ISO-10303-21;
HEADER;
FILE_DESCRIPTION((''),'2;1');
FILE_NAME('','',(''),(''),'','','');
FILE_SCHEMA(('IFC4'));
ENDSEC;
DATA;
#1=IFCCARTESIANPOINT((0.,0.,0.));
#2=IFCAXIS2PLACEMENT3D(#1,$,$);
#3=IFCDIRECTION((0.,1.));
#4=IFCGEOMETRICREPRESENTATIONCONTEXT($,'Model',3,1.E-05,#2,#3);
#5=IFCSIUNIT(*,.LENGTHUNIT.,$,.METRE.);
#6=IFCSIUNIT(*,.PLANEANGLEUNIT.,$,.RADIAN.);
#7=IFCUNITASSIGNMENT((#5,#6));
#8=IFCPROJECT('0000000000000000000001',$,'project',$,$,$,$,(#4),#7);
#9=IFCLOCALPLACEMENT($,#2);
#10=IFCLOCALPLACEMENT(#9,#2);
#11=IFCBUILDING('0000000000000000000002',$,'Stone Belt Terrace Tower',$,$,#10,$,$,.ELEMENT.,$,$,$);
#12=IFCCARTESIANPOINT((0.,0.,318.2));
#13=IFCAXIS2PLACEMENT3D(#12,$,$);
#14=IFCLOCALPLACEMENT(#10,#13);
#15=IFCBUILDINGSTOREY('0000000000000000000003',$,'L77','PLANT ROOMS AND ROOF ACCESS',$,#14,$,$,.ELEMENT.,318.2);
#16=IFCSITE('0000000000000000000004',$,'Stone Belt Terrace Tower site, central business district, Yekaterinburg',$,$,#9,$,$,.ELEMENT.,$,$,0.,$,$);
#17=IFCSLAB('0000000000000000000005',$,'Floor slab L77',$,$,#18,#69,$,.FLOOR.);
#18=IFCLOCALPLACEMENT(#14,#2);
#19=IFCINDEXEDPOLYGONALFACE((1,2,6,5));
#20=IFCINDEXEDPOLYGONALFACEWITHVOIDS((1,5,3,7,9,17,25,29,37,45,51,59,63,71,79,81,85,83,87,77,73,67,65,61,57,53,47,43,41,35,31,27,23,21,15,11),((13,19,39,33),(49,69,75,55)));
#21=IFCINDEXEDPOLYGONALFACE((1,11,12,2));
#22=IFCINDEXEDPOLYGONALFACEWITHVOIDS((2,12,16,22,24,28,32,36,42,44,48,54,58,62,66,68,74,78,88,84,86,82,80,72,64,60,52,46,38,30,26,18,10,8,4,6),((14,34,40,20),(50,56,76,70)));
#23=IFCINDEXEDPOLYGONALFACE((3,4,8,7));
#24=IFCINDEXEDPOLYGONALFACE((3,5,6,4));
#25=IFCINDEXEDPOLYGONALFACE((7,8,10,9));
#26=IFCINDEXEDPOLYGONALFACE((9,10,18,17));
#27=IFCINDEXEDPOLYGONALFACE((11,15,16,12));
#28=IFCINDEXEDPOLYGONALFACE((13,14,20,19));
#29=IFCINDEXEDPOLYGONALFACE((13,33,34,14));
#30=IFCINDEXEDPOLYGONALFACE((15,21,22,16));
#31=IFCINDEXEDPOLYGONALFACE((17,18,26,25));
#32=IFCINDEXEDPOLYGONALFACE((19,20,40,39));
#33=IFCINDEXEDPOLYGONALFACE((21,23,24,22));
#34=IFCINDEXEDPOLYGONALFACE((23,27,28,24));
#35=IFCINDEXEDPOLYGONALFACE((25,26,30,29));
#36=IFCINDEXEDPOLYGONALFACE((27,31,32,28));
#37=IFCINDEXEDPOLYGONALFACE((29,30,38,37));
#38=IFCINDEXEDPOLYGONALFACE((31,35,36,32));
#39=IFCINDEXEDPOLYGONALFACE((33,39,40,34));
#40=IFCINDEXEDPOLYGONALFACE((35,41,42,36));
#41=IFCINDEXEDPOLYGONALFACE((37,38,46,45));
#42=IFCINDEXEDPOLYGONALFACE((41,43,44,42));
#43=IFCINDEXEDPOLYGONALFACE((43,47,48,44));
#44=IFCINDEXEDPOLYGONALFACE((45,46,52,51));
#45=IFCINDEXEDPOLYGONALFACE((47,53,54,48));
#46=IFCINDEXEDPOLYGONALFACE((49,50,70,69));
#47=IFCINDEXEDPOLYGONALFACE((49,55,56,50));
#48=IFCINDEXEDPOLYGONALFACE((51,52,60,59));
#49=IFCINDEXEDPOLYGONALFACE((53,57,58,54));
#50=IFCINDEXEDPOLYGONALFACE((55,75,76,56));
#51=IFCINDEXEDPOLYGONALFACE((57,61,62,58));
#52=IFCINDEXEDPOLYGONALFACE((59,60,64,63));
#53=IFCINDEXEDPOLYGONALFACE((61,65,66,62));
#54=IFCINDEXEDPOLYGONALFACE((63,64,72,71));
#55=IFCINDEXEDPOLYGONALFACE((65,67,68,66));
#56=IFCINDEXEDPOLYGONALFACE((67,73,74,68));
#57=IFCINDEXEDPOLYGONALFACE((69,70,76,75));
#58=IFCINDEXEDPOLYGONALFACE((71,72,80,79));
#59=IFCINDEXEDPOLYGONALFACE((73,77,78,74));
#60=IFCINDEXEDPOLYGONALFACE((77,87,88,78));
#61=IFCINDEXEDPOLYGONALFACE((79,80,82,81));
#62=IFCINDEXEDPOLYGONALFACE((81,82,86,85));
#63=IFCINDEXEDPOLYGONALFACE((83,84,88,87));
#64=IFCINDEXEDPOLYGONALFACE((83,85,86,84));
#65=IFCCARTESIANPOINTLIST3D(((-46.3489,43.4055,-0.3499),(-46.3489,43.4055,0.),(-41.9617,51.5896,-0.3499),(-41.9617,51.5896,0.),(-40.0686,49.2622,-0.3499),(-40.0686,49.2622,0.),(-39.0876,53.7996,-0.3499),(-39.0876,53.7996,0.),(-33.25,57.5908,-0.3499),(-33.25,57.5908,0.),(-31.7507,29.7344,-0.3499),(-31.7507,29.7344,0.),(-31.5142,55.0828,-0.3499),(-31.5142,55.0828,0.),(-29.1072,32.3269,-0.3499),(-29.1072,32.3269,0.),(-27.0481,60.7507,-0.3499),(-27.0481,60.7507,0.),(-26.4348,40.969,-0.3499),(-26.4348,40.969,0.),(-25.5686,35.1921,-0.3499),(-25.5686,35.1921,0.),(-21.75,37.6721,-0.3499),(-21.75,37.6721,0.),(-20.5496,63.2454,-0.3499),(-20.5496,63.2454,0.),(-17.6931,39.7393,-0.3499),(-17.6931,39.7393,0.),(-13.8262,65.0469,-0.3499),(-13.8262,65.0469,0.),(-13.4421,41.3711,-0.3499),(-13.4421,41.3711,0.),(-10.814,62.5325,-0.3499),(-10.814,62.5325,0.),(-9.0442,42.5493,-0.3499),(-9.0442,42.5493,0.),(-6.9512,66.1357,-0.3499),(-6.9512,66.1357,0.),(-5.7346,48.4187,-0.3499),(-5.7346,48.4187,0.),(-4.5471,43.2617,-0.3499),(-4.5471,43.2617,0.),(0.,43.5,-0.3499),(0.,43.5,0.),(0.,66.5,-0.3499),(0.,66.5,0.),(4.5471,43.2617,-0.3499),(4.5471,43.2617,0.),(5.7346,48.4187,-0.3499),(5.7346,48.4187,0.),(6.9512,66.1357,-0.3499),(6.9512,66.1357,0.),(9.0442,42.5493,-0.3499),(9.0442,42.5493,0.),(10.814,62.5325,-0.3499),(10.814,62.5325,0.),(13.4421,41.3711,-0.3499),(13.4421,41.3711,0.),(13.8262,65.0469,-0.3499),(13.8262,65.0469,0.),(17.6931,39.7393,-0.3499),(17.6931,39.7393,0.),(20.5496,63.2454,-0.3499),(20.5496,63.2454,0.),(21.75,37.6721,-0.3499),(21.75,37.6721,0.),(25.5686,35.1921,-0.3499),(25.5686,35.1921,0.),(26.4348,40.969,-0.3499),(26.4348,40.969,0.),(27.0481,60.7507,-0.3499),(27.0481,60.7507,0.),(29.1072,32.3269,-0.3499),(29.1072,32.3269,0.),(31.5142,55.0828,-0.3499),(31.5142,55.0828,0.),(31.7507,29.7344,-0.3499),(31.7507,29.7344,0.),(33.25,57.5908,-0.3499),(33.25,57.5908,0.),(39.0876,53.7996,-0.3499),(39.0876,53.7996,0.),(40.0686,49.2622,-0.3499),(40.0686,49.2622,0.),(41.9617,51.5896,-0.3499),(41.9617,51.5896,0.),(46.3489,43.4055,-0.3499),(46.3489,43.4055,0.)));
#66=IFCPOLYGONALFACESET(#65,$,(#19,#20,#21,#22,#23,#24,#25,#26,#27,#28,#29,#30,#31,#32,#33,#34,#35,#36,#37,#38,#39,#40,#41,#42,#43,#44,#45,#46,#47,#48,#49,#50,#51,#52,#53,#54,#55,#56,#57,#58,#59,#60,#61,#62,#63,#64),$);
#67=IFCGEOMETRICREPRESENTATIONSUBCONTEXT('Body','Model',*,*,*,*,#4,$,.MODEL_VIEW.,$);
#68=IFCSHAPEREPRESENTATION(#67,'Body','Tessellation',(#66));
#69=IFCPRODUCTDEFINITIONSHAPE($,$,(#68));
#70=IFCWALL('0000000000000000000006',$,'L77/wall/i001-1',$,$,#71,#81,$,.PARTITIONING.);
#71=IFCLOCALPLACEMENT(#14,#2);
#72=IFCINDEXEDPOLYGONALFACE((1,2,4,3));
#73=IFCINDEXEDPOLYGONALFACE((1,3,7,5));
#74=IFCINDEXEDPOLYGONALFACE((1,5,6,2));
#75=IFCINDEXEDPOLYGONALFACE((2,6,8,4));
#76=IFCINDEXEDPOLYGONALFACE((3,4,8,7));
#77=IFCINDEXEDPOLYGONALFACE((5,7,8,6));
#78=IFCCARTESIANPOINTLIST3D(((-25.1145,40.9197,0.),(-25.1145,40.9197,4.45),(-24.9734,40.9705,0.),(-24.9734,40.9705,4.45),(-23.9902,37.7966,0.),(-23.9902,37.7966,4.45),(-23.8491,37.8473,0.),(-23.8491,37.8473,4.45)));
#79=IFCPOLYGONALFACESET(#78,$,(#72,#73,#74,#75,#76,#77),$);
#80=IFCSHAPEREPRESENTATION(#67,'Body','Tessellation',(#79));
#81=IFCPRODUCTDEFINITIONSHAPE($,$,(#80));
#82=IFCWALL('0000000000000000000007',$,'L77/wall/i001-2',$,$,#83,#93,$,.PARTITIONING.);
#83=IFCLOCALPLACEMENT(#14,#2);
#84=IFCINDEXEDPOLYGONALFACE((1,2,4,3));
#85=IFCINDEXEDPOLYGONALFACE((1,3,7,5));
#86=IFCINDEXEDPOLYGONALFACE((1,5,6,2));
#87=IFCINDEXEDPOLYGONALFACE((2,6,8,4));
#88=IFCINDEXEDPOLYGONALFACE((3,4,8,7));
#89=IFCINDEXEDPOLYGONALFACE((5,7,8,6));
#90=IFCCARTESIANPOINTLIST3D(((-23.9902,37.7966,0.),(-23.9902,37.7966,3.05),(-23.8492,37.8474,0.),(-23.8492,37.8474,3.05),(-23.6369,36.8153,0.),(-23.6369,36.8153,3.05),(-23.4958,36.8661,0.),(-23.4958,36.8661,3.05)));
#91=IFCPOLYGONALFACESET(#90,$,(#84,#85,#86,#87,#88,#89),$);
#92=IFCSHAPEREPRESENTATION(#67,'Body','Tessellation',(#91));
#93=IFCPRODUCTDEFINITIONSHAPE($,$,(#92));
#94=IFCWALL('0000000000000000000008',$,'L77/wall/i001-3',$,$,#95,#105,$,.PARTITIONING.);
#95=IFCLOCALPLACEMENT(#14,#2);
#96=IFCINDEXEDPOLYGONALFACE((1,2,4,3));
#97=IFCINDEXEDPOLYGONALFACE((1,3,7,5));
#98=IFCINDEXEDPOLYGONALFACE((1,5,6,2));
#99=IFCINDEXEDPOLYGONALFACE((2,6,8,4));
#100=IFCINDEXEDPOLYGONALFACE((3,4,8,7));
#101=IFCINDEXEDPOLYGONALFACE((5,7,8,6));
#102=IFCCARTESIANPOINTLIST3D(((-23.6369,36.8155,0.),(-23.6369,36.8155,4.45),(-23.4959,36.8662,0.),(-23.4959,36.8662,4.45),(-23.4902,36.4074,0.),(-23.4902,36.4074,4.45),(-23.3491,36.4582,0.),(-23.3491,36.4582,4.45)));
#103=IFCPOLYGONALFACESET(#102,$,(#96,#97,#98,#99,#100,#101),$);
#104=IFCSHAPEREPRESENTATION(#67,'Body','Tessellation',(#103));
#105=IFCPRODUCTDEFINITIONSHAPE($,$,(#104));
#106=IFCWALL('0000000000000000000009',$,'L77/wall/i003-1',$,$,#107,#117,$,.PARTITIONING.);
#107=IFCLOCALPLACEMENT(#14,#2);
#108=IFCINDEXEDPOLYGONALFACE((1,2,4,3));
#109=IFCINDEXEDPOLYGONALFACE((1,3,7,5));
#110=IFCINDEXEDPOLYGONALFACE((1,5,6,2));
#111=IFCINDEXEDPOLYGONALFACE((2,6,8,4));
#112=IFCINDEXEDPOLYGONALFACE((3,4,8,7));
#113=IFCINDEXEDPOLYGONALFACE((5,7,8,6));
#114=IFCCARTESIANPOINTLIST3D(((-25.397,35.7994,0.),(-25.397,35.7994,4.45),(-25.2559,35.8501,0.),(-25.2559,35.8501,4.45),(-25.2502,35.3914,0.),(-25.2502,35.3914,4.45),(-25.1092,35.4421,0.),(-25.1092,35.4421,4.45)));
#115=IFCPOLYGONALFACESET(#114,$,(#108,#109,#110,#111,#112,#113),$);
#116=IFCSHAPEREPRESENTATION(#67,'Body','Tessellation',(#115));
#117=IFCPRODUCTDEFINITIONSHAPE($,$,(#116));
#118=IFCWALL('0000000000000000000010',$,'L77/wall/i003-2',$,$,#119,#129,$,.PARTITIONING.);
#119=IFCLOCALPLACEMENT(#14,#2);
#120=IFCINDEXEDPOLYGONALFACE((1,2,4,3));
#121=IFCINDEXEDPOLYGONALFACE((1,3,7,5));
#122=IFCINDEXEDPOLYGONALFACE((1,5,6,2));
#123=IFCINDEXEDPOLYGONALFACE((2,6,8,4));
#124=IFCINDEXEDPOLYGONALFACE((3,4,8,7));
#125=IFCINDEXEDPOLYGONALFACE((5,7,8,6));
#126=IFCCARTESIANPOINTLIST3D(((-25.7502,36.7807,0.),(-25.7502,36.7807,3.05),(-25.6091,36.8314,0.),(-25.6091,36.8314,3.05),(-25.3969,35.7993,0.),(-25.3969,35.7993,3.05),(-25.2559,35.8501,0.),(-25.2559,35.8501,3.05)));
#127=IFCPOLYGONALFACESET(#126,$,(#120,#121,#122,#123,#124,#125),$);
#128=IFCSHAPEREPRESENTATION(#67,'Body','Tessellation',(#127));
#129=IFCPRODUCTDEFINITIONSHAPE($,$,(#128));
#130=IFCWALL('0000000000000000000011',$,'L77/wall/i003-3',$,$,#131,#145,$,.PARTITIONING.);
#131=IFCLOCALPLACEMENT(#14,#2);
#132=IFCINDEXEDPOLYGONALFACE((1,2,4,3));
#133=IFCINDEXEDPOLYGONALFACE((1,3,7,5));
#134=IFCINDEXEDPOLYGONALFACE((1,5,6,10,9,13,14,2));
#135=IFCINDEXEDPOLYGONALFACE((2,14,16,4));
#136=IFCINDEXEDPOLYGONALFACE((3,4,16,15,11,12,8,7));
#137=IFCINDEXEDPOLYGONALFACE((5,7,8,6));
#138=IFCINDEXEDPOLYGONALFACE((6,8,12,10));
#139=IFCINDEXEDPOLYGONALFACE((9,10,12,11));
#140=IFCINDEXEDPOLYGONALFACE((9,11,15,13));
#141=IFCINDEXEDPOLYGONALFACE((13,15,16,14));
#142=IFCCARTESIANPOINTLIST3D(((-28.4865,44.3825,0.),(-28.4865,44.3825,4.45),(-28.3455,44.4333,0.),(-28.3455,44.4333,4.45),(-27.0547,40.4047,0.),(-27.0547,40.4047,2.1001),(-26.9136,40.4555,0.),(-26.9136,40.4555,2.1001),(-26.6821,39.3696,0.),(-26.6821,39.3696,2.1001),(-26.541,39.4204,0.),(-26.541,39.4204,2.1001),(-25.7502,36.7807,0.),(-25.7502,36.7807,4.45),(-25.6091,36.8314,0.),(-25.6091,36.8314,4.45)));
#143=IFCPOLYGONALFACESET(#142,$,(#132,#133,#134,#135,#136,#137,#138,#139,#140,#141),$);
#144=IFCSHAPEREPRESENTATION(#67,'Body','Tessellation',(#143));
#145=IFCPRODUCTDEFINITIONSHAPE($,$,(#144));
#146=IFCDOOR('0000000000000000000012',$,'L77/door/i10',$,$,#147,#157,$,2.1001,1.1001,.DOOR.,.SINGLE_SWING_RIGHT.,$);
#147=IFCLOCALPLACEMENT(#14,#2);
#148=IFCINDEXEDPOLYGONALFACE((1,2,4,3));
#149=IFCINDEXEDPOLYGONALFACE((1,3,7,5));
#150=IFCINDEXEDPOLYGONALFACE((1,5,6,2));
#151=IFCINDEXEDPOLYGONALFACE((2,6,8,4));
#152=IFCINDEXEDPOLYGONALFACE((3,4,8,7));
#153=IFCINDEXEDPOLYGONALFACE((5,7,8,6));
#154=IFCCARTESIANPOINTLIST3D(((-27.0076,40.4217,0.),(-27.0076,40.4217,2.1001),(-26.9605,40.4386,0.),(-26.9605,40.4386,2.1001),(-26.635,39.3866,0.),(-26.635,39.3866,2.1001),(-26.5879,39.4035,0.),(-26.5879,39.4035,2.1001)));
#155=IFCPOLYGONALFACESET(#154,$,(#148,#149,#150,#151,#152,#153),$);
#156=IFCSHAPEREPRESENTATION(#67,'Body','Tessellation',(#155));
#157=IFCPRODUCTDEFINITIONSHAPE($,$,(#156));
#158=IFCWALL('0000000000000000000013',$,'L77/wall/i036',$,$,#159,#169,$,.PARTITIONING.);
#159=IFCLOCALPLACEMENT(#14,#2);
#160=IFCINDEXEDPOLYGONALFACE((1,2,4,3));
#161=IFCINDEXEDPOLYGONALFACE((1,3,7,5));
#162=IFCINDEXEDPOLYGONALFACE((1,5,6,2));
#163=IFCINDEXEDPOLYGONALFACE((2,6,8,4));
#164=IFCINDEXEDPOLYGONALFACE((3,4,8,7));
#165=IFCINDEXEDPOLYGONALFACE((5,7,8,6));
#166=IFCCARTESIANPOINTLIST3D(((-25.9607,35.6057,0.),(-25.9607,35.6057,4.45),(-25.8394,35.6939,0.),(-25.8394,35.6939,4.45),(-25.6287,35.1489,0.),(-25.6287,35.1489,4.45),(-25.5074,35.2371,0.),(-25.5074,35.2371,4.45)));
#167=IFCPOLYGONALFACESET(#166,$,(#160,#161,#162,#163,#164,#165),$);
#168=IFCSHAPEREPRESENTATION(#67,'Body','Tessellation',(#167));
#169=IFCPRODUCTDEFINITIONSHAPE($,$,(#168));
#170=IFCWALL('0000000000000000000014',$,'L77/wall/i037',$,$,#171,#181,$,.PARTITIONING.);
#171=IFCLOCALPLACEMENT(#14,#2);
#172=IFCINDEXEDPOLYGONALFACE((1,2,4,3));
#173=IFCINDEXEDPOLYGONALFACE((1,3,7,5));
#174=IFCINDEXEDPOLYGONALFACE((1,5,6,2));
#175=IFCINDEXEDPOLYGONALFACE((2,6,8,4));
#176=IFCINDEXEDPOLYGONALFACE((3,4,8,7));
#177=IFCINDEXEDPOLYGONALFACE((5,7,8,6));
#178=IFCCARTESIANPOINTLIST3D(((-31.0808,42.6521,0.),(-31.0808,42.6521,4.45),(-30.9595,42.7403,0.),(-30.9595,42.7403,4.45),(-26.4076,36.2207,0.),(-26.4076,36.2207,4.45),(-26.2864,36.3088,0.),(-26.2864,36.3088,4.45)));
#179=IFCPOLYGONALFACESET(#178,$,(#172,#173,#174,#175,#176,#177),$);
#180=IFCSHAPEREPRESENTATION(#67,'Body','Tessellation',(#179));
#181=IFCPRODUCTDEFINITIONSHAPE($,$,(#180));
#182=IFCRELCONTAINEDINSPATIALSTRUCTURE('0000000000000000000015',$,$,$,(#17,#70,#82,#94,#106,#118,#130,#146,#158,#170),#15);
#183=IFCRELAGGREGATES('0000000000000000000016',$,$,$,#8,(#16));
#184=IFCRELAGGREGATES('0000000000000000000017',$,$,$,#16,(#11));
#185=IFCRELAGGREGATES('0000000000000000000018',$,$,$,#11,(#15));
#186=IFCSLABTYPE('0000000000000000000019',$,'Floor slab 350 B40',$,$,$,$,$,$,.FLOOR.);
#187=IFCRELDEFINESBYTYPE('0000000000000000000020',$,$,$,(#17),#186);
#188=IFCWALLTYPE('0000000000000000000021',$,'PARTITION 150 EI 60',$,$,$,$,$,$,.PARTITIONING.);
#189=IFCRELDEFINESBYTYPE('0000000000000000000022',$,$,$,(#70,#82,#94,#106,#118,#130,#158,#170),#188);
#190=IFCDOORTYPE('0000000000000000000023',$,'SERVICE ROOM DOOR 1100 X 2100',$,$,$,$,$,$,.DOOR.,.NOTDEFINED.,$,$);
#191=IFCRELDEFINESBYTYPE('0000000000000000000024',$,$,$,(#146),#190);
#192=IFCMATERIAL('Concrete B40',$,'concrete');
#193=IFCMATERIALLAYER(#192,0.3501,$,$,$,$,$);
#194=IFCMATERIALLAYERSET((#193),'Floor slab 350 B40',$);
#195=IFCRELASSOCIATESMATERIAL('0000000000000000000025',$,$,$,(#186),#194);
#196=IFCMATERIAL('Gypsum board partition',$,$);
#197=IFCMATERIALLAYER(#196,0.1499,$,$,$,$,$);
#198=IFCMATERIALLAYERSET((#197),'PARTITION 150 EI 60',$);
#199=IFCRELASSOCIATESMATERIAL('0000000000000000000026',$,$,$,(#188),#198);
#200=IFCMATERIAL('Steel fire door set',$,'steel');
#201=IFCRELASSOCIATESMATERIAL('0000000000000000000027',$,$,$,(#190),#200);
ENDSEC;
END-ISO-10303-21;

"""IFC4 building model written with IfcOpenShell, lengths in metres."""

from ifc_helpers import new_model, si_unit, direction, frame, frame_2d, origin, place, context, subcontext, project, spatial, polyline, rectangle, outline, extrude, material, layer, layer_set, type_object, element, fill, save


model = new_model("IFC4")

# Units and contexts
model_context = context("Model", 3, precision=1e-05, world=origin(), true_north=direction((0.0, 1.0)))
body_context = subcontext(model_context, "Body", "Model", "MODEL_VIEW")
ifc_project = project(units=[si_unit("LENGTHUNIT", "METRE"), si_unit("PLANEANGLEUNIT", "RADIAN")], contexts=[model_context])

# Site, building, storey
site_placement = place(None, origin())
site = spatial("IfcSite", under=ifc_project, at=site_placement, Name="Stone Belt Terrace Tower site, central business district, Yekaterinburg", CompositionType="ELEMENT", RefElevation=0.0)
building_placement = place(site_placement, origin())
building = spatial("IfcBuilding", under=site, at=building_placement, Name="Stone Belt Terrace Tower", CompositionType="ELEMENT")
storey_placement = place(building_placement, frame((0.0, 0.0, 318.2)))
storey = spatial("IfcBuildingStorey", under=building, at=storey_placement, Name="L77", Description="PLANT ROOMS AND ROOF ACCESS", CompositionType="ELEMENT", Elevation=318.2)

# Slab
ifc_material_1 = material(Name="Concrete B40", Category="concrete")
ifc_layer_1 = layer(ifc_material_1, 0.3501)
ifc_layer_set_1 = layer_set([ifc_layer_1], Name="Floor slab 350 B40")
slab_type = type_object("IfcSlabType", Name="Floor slab 350 B40", PredefinedType="FLOOR", material=ifc_layer_set_1)
slab_placement = place(storey_placement, frame((0.0, 0.0, -0.3499)))
element("IfcSlab", 1, at=slab_placement, inside=storey, type_object=slab_type, Name="Floor slab L77", PredefinedType="FLOOR", context=body_context, shape_type="SweptSolid", body=[
    extrude(outline(polyline([(-40.0686, 49.2622), (-41.9617, 51.5896), (-39.0876, 53.7996), (-33.25, 57.5908), (-27.0481, 60.7507), (-20.5496, 63.2454), (-13.8262, 65.0469), (-6.9512, 66.1357), (0.0, 66.5), (6.9512, 66.1357), (13.8262, 65.0469), (20.5496, 63.2454), (27.0481, 60.7507), (33.25, 57.5908), (39.0876, 53.7996), (41.9617, 51.5896), (40.0686, 49.2622), (46.3489, 43.4055), (31.7507, 29.7344), (29.1072, 32.3269), (25.5686, 35.1921), (21.75, 37.6721), (17.6931, 39.7393), (13.4421, 41.3711), (9.0442, 42.5493), (4.5471, 43.2617), (0.0, 43.5), (-4.5471, 43.2617), (-9.0442, 42.5493), (-13.4421, 41.3711), (-17.6931, 39.7393), (-21.75, 37.6721), (-25.5686, 35.1921), (-29.1072, 32.3269), (-31.7507, 29.7344), (-46.3489, 43.4055), (-40.0686, 49.2622)]), holes=[polyline([(-10.814, 62.5325), (-31.5142, 55.0828), (-26.4348, 40.969), (-5.7346, 48.4187), (-10.814, 62.5325)]), polyline([(26.4348, 40.969), (31.5142, 55.0828), (10.814, 62.5325), (5.7346, 48.4187), (26.4348, 40.969)])]), origin(), (0.0, 0.0, 1.0), 0.3499),
])

# Walls
ifc_material_2 = material(Name="Gypsum board partition")
ifc_layer_2 = layer(ifc_material_2, 0.1499)
ifc_layer_set_2 = layer_set([ifc_layer_2], Name="PARTITION 150 EI 60")
wall_type = type_object("IfcWallType", Name="PARTITION 150 EI 60", PredefinedType="PARTITIONING", material=ifc_layer_set_2)
wall_1_placement = place(storey_placement, frame((-25.0439, 40.9451, 0.0), z_axis=(0.0, 0.0, 1.0), x_axis=(0.338712, -0.94089, 0.0)))
element("IfcWall", 2, at=wall_1_placement, inside=storey, type_object=wall_type, Name="L77/wall/i001-1", PredefinedType="PARTITIONING", context=body_context, shape_type="SweptSolid", body=[
    extrude(rectangle(XDim=3.3193, YDim=0.1499, at=frame_2d((1.6597, 0.0))), origin(), (0.0, 0.0, 1.0), 4.45),
])
wall_2_placement = place(storey_placement, frame((-23.9197, 37.822, 0.0), z_axis=(0.0, 0.0, 1.0), x_axis=(0.338753, -0.940875, 0.0)))
element("IfcWall", 3, at=wall_2_placement, inside=storey, type_object=wall_type, Name="L77/wall/i001-2", PredefinedType="PARTITIONING", context=body_context, shape_type="SweptSolid", body=[
    extrude(rectangle(XDim=1.043, YDim=0.1499, at=frame_2d((0.5215, 0.0))), origin(), (0.0, 0.0, 1.0), 3.05),
])
for number, where, z_axis, x_axis, name in (
    (4, (-23.5664, 36.8408, 0.0), (0.0, 0.0, 1.0), (0.33844, -0.940988, 0.0), "L77/wall/i001-3"),
    (5, (-25.1797, 35.4167, 0.0), (0.0, 0.0, 1.0), (-0.33844, 0.940988, 0.0), "L77/wall/i003-1"),
):
    element("IfcWall", number, at=place(storey_placement, frame(where, z_axis=z_axis, x_axis=x_axis)), inside=storey, type_object=wall_type, Name=name, PredefinedType="PARTITIONING", context=body_context, shape_type="SweptSolid", body=[
        extrude(rectangle(XDim=0.4336, YDim=0.1499, at=frame_2d((0.2168, 0.0))), origin(), (0.0, 0.0, 1.0), 4.45),
    ])
wall_3_placement = place(storey_placement, frame((-25.3264, 35.8247, 0.0), z_axis=(0.0, 0.0, 1.0), x_axis=(-0.338678, 0.940902, 0.0)))
element("IfcWall", 6, at=wall_3_placement, inside=storey, type_object=wall_type, Name="L77/wall/i003-2", PredefinedType="PARTITIONING", context=body_context, shape_type="SweptSolid", body=[
    extrude(rectangle(XDim=1.043, YDim=0.1499, at=frame_2d((0.5215, 0.0))), origin(), (0.0, 0.0, 1.0), 3.05),
])

# Wall, opening, door
wall_4_placement = place(storey_placement, frame((-25.6797, 36.8062, 0.0), z_axis=(0.0, 0.0, 1.0), x_axis=(-0.338684, 0.9409, 0.0)))
wall_4 = element("IfcWall", 7, at=wall_4_placement, inside=storey, type_object=wall_type, Name="L77/wall/i003-3", PredefinedType="PARTITIONING", context=body_context, shape_type="SweptSolid", body=[
    extrude(rectangle(XDim=8.0793, YDim=0.1499, at=frame_2d((4.0396, 0.0))), origin(), (0.0, 0.0, 1.0), 4.45),
])
opening_placement = place(wall_4_placement, frame((2.7515, 0.0, 0.0)))
opening = element("IfcOpeningElement", 8, at=opening_placement, cuts=wall_4, PredefinedType="OPENING", context=body_context, shape_type="SweptSolid", body=[
    extrude(rectangle(XDim=1.1001, YDim=2.1001, at=frame_2d((0.55, 1.05))), frame((0.0, 0.085, 0.0), z_axis=(0.0, -1.0, 0.0), x_axis=(1.0, 0.0, 0.0)), (0.0, 0.0, 1.0), 0.1699),
])
ifc_material_3 = material(Name="Steel fire door set", Category="steel")
door_type = type_object("IfcDoorType", Name="SERVICE ROOM DOOR 1100 X 2100", OperationType="NOTDEFINED", PredefinedType="DOOR", material=ifc_material_3)
door_placement = place(opening_placement, origin())
door = element("IfcDoor", 9, at=door_placement, inside=storey, type_object=door_type, Name="L77/door/i10", OperationType="SINGLE_SWING_RIGHT", OverallHeight=2.1001, OverallWidth=1.1001, PredefinedType="DOOR", context=body_context, shape_type="SweptSolid", body=[
    extrude(rectangle(XDim=1.1001, YDim=2.1001, at=frame_2d((0.55, 1.05))), frame((0.0, 0.0249, 0.0), z_axis=(0.0, -1.0, 0.0), x_axis=(1.0, 0.0, 0.0)), (0.0, 0.0, 1.0), 0.05),
])
fill(opening, door)

# Walls
wall_5_placement = place(storey_placement, frame((-25.5681, 35.1931, 0.0), z_axis=(0.0, 0.0, 1.0), x_axis=(-0.587966, 0.808886, 0.0)))
element("IfcWall", 10, at=wall_5_placement, inside=storey, type_object=wall_type, Name="L77/wall/i036", PredefinedType="PARTITIONING", context=body_context, shape_type="SweptSolid", body=[
    extrude(rectangle(XDim=0.5647, YDim=0.1499, at=frame_2d((0.2822, 0.0))), origin(), (0.0, 0.0, 1.0), 4.45),
])
wall_6_placement = place(storey_placement, frame((-26.3469, 36.2646, 0.0), z_axis=(0.0, 0.0, 1.0), x_axis=(-0.587819, 0.808992, 0.0)))
element("IfcWall", 11, at=wall_6_placement, inside=storey, type_object=wall_type, Name="L77/wall/i037", PredefinedType="PARTITIONING", context=body_context, shape_type="SweptSolid", body=[
    extrude(rectangle(XDim=7.95, YDim=0.1499, at=frame_2d((3.9751, 0.0))), origin(), (0.0, 0.0, 1.0), 4.45),
])

save(model, "model.ifc")
